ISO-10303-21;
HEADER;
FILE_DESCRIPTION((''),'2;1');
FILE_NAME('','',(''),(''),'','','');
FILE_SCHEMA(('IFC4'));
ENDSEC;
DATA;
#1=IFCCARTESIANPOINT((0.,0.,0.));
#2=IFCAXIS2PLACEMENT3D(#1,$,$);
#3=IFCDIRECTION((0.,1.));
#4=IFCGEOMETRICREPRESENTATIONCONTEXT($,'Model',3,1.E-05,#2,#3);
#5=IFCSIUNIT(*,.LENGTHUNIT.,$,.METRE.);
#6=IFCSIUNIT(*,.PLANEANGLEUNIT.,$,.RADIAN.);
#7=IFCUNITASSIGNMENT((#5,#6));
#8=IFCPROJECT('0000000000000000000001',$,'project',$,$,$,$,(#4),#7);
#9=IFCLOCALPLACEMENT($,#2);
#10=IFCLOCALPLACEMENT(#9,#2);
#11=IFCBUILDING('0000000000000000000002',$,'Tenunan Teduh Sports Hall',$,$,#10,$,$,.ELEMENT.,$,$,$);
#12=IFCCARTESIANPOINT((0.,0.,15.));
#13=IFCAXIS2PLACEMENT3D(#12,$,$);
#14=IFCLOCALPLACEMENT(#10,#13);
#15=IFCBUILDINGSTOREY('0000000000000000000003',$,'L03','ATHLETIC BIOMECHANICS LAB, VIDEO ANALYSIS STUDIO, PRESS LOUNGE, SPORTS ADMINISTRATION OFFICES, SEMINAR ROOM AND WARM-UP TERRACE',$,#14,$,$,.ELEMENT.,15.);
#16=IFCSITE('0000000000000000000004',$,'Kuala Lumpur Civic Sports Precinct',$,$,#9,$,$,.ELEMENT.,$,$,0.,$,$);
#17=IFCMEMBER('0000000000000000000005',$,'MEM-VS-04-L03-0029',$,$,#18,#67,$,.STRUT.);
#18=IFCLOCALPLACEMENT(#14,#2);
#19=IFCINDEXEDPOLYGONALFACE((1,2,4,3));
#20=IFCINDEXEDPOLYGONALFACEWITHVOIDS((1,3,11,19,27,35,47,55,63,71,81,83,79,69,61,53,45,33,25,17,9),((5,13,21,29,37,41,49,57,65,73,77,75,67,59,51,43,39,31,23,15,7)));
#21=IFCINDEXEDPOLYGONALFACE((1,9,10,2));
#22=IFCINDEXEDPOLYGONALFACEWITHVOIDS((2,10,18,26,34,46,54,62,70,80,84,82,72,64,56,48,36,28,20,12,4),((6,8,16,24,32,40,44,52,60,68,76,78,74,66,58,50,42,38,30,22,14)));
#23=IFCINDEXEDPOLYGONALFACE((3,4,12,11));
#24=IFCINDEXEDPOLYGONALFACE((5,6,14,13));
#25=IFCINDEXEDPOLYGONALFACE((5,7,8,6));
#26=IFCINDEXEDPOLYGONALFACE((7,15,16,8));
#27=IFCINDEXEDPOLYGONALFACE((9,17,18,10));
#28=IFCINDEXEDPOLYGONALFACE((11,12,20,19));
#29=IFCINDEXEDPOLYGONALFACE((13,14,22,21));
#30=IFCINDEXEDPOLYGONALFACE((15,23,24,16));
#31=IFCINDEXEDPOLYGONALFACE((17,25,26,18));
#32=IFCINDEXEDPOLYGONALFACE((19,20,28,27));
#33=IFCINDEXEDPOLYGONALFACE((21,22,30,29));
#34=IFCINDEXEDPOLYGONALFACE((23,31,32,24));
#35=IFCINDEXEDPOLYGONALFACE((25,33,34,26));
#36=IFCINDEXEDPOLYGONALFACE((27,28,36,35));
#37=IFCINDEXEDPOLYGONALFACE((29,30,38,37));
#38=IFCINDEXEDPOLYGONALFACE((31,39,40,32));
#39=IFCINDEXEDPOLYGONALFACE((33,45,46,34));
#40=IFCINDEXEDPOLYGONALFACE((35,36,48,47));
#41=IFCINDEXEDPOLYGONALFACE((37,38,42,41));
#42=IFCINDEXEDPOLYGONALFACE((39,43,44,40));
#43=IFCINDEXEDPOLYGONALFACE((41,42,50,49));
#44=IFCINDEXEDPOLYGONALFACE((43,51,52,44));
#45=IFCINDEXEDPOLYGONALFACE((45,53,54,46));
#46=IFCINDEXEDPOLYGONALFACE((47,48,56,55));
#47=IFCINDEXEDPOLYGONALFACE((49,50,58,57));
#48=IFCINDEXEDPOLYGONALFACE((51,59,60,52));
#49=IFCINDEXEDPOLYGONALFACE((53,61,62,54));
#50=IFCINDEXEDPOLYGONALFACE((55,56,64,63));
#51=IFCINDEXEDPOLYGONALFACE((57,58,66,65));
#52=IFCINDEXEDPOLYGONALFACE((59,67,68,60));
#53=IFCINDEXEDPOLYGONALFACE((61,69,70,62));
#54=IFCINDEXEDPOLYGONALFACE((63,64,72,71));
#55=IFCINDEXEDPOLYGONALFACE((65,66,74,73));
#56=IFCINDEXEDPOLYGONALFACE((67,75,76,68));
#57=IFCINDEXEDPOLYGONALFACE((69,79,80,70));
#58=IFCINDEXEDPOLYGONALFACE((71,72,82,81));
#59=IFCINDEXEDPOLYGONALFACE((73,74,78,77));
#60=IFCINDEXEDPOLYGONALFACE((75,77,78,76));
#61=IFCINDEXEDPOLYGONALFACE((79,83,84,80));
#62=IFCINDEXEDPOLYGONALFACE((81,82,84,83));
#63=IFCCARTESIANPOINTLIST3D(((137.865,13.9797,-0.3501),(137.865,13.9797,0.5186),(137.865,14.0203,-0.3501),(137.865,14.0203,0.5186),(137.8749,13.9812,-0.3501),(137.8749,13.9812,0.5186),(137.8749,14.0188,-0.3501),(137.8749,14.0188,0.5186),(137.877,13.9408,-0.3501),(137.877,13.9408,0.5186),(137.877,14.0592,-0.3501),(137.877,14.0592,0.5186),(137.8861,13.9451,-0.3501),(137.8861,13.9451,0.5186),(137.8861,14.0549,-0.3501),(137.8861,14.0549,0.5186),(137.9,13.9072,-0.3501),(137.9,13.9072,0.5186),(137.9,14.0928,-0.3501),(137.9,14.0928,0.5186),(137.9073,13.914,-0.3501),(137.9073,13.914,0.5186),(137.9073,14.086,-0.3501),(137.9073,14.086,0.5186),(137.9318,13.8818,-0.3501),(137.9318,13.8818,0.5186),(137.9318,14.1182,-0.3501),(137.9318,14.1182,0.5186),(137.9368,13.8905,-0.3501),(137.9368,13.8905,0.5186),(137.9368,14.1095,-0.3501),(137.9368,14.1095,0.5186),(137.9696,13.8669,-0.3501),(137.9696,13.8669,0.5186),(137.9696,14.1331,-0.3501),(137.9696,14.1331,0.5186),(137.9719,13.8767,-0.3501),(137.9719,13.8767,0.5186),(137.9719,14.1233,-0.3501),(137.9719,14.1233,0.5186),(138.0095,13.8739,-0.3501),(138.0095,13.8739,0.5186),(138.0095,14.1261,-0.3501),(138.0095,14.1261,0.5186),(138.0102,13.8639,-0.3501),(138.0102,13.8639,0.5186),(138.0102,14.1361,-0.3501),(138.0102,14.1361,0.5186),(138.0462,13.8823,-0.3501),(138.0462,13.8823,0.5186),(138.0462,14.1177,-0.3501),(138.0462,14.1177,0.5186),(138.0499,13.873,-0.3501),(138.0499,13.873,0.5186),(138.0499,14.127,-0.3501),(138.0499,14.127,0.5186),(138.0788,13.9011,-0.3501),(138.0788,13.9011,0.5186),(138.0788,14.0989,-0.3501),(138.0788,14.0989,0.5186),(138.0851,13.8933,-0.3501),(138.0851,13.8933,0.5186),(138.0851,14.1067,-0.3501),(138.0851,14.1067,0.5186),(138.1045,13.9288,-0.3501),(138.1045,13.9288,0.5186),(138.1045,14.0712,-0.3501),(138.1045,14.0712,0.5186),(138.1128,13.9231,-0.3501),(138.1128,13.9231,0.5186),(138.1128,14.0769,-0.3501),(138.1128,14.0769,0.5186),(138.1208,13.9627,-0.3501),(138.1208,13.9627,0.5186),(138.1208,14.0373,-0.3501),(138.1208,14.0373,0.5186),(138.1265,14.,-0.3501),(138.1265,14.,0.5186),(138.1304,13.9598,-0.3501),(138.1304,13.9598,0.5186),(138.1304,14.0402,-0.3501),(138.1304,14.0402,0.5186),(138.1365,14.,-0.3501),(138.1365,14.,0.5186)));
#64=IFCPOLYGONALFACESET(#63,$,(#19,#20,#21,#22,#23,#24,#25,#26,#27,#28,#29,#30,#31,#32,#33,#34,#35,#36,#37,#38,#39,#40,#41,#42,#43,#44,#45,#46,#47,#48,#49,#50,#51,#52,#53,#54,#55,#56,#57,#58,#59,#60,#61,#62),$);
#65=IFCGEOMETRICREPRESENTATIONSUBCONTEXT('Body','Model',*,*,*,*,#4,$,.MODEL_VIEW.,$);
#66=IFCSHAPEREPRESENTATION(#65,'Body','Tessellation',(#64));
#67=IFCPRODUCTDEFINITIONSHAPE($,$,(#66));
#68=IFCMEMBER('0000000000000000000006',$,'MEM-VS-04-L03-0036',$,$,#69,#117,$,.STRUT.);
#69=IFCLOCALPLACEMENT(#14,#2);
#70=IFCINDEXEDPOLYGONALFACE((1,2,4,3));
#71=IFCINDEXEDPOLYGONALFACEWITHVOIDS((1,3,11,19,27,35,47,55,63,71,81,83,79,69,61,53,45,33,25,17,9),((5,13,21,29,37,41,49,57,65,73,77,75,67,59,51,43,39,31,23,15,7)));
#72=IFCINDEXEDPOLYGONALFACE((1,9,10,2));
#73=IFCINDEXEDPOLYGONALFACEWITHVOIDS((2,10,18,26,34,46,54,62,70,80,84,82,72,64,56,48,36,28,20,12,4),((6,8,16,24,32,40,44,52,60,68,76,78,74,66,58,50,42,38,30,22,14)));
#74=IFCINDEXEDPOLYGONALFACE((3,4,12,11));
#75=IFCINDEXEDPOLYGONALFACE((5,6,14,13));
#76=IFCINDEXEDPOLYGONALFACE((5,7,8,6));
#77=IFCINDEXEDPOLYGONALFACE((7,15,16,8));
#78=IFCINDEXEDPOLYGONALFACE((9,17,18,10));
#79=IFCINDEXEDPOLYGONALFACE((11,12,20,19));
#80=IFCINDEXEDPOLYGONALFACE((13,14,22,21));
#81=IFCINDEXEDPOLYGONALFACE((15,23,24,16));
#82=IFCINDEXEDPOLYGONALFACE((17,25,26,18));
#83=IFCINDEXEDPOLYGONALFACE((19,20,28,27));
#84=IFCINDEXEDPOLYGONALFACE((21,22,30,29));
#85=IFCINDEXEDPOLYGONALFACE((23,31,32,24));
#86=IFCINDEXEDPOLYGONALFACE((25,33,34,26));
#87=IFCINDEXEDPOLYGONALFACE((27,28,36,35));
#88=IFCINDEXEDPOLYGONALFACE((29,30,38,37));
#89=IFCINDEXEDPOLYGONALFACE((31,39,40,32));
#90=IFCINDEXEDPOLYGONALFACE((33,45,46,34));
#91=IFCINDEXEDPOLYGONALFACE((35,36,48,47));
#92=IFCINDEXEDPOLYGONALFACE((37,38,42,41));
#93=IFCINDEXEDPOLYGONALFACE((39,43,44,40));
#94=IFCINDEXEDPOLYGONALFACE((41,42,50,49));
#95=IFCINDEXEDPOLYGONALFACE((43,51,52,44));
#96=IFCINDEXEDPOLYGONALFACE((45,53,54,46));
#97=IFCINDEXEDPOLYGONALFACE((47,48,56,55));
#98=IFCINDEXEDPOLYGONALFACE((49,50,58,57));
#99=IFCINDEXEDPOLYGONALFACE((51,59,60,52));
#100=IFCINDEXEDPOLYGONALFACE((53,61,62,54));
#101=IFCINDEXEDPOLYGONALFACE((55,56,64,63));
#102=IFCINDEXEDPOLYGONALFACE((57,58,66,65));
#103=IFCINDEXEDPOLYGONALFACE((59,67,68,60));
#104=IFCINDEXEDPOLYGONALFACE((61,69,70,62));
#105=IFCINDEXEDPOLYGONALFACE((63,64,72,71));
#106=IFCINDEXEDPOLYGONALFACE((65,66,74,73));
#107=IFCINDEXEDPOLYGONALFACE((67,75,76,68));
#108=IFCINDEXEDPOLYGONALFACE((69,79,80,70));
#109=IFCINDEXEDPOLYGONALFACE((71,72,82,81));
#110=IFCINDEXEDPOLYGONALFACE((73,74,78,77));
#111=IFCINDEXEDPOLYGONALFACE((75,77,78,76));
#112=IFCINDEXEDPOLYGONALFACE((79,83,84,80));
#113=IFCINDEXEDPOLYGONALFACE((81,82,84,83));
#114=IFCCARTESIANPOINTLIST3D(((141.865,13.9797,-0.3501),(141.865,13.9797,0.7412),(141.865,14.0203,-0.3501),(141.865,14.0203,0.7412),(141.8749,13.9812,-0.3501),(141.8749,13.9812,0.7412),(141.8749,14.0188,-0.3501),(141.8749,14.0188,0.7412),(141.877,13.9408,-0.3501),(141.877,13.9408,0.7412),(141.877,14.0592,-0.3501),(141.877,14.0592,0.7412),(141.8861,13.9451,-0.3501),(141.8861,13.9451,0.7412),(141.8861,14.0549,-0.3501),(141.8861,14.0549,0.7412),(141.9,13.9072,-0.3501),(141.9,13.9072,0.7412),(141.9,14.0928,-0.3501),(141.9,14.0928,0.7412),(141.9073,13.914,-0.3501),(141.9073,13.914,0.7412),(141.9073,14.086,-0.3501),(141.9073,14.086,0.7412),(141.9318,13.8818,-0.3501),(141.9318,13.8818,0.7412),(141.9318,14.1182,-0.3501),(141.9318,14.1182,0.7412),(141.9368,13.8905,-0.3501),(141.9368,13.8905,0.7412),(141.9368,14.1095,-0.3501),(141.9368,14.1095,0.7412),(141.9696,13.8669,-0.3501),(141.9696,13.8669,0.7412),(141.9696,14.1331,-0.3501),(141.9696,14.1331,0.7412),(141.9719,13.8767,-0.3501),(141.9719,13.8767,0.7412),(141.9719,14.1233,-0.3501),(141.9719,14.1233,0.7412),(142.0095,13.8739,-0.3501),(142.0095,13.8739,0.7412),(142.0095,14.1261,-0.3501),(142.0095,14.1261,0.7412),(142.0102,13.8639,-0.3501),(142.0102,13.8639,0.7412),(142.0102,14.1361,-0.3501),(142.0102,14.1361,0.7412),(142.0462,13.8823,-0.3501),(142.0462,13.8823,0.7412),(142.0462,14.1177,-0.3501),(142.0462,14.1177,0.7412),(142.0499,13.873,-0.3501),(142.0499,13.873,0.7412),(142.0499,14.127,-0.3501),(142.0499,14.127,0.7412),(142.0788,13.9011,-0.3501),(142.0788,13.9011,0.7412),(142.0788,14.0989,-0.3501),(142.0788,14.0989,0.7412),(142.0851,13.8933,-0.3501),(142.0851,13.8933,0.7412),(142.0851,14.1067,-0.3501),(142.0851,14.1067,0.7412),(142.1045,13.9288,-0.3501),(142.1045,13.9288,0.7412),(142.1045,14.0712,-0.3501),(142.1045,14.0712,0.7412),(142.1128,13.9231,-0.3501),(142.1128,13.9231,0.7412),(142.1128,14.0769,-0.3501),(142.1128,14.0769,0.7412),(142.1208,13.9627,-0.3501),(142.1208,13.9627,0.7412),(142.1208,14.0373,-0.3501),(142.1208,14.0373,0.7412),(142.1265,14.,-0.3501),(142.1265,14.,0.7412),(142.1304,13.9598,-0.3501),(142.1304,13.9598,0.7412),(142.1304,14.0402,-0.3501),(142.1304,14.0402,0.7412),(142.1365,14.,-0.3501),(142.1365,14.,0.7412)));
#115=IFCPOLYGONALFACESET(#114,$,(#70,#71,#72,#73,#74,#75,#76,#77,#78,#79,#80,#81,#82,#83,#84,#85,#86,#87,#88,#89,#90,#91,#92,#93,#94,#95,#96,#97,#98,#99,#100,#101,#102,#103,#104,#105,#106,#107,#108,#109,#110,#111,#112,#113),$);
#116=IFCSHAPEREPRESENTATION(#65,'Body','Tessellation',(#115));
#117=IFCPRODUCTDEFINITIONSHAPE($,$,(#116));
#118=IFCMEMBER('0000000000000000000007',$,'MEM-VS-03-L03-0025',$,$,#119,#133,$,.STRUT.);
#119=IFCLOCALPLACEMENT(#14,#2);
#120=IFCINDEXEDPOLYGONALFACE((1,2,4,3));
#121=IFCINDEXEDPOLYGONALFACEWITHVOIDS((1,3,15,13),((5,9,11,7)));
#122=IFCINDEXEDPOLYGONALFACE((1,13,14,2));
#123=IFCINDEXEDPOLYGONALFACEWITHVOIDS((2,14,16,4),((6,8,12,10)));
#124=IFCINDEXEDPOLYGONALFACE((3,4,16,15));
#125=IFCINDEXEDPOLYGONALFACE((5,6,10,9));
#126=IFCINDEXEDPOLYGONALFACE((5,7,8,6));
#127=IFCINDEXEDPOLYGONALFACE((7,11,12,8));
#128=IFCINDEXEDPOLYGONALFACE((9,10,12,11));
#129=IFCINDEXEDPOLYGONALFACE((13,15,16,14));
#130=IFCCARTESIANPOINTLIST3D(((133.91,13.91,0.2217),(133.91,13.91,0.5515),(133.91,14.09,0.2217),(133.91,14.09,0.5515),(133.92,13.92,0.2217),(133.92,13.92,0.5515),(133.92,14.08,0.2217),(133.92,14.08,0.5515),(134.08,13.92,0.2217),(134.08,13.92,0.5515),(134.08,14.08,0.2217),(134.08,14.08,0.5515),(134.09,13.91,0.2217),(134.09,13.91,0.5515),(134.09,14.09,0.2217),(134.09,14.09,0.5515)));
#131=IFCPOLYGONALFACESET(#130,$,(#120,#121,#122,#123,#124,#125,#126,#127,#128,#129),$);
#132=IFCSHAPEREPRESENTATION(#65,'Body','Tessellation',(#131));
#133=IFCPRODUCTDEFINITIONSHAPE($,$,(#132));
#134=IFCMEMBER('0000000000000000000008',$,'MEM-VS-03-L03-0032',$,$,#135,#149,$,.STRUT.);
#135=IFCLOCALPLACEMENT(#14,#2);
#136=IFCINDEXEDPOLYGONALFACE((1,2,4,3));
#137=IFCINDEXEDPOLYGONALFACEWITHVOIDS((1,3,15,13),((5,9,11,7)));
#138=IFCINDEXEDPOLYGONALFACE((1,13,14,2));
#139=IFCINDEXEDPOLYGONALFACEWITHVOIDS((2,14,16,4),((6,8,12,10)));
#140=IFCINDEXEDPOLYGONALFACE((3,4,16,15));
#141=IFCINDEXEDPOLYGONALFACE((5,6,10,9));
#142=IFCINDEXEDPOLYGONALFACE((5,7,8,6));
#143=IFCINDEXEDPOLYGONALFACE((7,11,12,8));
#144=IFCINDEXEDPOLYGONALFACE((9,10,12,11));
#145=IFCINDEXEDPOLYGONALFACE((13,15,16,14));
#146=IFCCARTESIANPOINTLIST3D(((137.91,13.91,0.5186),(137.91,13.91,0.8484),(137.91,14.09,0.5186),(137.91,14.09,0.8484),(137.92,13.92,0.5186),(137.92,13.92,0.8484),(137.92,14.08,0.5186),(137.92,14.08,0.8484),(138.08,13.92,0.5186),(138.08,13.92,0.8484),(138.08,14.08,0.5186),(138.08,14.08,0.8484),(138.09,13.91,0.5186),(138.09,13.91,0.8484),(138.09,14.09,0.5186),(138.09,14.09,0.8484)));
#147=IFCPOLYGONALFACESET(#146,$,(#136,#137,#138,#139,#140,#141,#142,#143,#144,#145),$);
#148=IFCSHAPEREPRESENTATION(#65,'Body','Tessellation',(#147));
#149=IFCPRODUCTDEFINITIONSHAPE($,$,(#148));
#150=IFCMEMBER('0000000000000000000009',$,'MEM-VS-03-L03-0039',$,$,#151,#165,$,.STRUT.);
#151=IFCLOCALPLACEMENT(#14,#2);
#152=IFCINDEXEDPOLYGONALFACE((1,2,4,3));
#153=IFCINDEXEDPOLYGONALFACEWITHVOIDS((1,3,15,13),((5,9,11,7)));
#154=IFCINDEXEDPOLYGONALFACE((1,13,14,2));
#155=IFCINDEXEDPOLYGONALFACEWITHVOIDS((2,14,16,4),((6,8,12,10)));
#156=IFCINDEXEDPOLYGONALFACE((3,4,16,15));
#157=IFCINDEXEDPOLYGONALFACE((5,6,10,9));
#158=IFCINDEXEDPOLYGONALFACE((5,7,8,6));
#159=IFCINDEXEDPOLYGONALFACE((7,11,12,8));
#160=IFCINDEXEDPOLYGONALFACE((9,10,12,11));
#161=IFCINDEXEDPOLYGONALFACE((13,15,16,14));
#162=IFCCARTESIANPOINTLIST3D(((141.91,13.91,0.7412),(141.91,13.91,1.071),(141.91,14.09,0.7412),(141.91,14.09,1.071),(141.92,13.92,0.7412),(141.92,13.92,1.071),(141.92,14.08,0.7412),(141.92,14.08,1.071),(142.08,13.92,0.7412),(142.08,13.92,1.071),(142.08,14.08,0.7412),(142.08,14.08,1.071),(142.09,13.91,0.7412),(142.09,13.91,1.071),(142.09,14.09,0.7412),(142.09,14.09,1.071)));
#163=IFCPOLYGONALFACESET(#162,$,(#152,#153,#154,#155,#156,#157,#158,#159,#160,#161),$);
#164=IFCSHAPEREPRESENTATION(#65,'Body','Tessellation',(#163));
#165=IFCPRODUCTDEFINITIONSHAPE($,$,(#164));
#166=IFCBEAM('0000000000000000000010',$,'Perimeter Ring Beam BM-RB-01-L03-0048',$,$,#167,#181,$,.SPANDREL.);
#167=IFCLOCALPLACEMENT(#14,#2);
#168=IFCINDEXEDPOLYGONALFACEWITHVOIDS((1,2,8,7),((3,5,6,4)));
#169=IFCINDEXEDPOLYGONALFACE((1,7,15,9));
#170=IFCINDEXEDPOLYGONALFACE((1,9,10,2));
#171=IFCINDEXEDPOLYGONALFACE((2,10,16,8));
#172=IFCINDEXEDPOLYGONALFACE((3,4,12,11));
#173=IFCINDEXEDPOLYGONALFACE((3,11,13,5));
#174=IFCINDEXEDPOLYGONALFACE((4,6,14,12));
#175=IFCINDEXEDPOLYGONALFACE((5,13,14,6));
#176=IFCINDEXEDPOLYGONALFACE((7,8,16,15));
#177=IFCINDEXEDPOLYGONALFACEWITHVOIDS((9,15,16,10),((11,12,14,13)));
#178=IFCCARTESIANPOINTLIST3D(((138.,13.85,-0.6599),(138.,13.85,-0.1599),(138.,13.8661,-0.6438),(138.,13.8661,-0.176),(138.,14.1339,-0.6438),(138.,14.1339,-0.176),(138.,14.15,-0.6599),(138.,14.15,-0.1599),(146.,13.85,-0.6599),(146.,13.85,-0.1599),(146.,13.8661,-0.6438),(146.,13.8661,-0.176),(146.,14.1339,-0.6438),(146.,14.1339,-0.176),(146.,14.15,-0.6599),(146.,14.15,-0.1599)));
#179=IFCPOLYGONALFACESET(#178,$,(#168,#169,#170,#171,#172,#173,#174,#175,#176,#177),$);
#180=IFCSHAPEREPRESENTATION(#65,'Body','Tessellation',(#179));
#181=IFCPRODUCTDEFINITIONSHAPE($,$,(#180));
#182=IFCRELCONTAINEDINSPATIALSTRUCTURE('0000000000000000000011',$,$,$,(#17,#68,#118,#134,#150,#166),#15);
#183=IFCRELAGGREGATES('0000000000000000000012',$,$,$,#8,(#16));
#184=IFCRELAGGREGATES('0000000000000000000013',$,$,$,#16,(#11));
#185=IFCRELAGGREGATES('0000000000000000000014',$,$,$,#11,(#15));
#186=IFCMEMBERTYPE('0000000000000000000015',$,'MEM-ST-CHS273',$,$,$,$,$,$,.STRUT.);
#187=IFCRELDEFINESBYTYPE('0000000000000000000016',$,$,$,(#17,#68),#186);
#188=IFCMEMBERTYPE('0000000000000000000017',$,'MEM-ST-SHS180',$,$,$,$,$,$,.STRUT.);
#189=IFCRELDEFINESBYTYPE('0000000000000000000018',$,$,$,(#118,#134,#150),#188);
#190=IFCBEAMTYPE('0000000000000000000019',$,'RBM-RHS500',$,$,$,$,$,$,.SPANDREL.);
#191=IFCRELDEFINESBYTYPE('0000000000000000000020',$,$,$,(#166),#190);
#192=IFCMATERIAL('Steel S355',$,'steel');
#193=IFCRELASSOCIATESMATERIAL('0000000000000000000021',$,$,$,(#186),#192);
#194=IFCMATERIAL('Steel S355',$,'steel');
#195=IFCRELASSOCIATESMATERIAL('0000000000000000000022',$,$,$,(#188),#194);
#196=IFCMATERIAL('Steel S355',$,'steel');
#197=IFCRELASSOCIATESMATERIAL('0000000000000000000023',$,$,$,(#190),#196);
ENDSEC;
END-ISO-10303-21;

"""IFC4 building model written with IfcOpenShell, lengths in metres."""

from ifc_helpers import new_model, si_unit, direction, frame, origin, origin_2d, place, context, subcontext, project, spatial, hollow_rectangle, hollow_circle, extrude, material, material_profile, profile_set, type_object, element, save


model = new_model("IFC4")

# Units and contexts
model_context = context("Model", 3, precision=1e-05, world=origin(), true_north=direction((0.0, 1.0)))
body_context = subcontext(model_context, "Body", "Model", "MODEL_VIEW")
ifc_project = project(units=[si_unit("LENGTHUNIT", "METRE"), si_unit("PLANEANGLEUNIT", "RADIAN")], contexts=[model_context])

# Site, building, storey
site_placement = place(None, origin())
site = spatial("IfcSite", under=ifc_project, at=site_placement, Name="Kuala Lumpur Civic Sports Precinct", CompositionType="ELEMENT", RefElevation=0.0)
building_placement = place(site_placement, origin())
building = spatial("IfcBuilding", under=site, at=building_placement, Name="Tenunan Teduh Sports Hall", CompositionType="ELEMENT")
storey_placement = place(building_placement, frame((0.0, 0.0, 15.0)))
storey = spatial("IfcBuildingStorey", under=building, at=storey_placement, Name="L03", Description="ATHLETIC BIOMECHANICS LAB, VIDEO ANALYSIS STUDIO, PRESS LOUNGE, SPORTS ADMINISTRATION OFFICES, SEMINAR ROOM AND WARM-UP TERRACE", CompositionType="ELEMENT", Elevation=15.0)

# Members
ifc_material_1 = material(Name="Steel S355", Category="steel")
ifc_material_profile_1 = material_profile(ifc_material_1, hollow_circle(Radius=0.1365, WallThickness=0.01, at=origin_2d()), Name="CHS 273.0x10.0")
ifc_profile_set_1 = profile_set([ifc_material_profile_1], Name="Steel S355")
member_type_1 = type_object("IfcMemberType", Name="MEM-ST-CHS273", PredefinedType="STRUT", material=ifc_profile_set_1)
member_1_placement = place(storey_placement, frame((138.0, 14.0, -0.3501), z_axis=(0.0, 0.0, 1.0), x_axis=(1.0, 0.0, 0.0)))
element("IfcMember", 1, at=member_1_placement, inside=storey, type_object=member_type_1, Name="MEM-VS-04-L03-0029", PredefinedType="STRUT", context=body_context, shape_type="SweptSolid", body=[
    extrude(hollow_circle(Radius=0.1365, WallThickness=0.01, at=origin_2d()), origin(), (0.0, 0.0, 1.0), 0.8687),
])
member_2_placement = place(storey_placement, frame((142.0, 14.0, -0.3501), z_axis=(0.0, 0.0, 1.0), x_axis=(1.0, 0.0, 0.0)))
element("IfcMember", 2, at=member_2_placement, inside=storey, type_object=member_type_1, Name="MEM-VS-04-L03-0036", PredefinedType="STRUT", context=body_context, shape_type="SweptSolid", body=[
    extrude(hollow_circle(Radius=0.1365, WallThickness=0.01, at=origin_2d()), origin(), (0.0, 0.0, 1.0), 1.0913),
])
ifc_material_2 = material(Name="Steel S355", Category="steel")
ifc_material_profile_2 = material_profile(ifc_material_2, hollow_rectangle(XDim=0.1799, YDim=0.1799, WallThickness=0.01, at=origin_2d()), Name="SHS 180x180x10.0")
ifc_profile_set_2 = profile_set([ifc_material_profile_2], Name="Steel S355")
member_type_2 = type_object("IfcMemberType", Name="MEM-ST-SHS180", PredefinedType="STRUT", material=ifc_profile_set_2)
for number, where, z_axis, x_axis, name in (
    (3, (134.0, 14.0, 0.2217), (0.0, 0.0, 1.0), (1.0, 0.0, 0.0), "MEM-VS-03-L03-0025"),
    (4, (138.0, 14.0, 0.5186), (0.0, 0.0, 1.0), (1.0, 0.0, 0.0), "MEM-VS-03-L03-0032"),
    (5, (142.0, 14.0, 0.7412), (0.0, 0.0, 1.0), (1.0, 0.0, 0.0), "MEM-VS-03-L03-0039"),
):
    element("IfcMember", number, at=place(storey_placement, frame(where, z_axis=z_axis, x_axis=x_axis)), inside=storey, type_object=member_type_2, Name=name, PredefinedType="STRUT", context=body_context, shape_type="SweptSolid", body=[
        extrude(hollow_rectangle(XDim=0.1799, YDim=0.1799, WallThickness=0.01, at=origin_2d()), origin(), (0.0, 0.0, 1.0), 0.3298),
    ])

# Beam
ifc_material_3 = material(Name="Steel S355", Category="steel")
ifc_material_profile_3 = material_profile(ifc_material_3, hollow_rectangle(XDim=0.3, YDim=0.5, WallThickness=0.0161, at=origin_2d()), Name="RHS 500x300x16.0")
ifc_profile_set_3 = profile_set([ifc_material_profile_3], Name="Steel S355")
beam_type_1 = type_object("IfcBeamType", Name="RBM-RHS500", PredefinedType="SPANDREL", material=ifc_profile_set_3)
beam_1_placement = place(storey_placement, frame((138.0, 14.0, -0.4099), z_axis=(1.0, 0.0, 0.0), x_axis=(0.0, 1.0, 0.0)))
element("IfcBeam", 6, at=beam_1_placement, inside=storey, type_object=beam_type_1, Name="Perimeter Ring Beam BM-RB-01-L03-0048", PredefinedType="SPANDREL", context=body_context, shape_type="SweptSolid", body=[
    extrude(hollow_rectangle(XDim=0.3, YDim=0.5, WallThickness=0.0161, at=origin_2d()), origin(), (0.0, 0.0, 1.0), 8.0),
])

save(model, "model.ifc")
